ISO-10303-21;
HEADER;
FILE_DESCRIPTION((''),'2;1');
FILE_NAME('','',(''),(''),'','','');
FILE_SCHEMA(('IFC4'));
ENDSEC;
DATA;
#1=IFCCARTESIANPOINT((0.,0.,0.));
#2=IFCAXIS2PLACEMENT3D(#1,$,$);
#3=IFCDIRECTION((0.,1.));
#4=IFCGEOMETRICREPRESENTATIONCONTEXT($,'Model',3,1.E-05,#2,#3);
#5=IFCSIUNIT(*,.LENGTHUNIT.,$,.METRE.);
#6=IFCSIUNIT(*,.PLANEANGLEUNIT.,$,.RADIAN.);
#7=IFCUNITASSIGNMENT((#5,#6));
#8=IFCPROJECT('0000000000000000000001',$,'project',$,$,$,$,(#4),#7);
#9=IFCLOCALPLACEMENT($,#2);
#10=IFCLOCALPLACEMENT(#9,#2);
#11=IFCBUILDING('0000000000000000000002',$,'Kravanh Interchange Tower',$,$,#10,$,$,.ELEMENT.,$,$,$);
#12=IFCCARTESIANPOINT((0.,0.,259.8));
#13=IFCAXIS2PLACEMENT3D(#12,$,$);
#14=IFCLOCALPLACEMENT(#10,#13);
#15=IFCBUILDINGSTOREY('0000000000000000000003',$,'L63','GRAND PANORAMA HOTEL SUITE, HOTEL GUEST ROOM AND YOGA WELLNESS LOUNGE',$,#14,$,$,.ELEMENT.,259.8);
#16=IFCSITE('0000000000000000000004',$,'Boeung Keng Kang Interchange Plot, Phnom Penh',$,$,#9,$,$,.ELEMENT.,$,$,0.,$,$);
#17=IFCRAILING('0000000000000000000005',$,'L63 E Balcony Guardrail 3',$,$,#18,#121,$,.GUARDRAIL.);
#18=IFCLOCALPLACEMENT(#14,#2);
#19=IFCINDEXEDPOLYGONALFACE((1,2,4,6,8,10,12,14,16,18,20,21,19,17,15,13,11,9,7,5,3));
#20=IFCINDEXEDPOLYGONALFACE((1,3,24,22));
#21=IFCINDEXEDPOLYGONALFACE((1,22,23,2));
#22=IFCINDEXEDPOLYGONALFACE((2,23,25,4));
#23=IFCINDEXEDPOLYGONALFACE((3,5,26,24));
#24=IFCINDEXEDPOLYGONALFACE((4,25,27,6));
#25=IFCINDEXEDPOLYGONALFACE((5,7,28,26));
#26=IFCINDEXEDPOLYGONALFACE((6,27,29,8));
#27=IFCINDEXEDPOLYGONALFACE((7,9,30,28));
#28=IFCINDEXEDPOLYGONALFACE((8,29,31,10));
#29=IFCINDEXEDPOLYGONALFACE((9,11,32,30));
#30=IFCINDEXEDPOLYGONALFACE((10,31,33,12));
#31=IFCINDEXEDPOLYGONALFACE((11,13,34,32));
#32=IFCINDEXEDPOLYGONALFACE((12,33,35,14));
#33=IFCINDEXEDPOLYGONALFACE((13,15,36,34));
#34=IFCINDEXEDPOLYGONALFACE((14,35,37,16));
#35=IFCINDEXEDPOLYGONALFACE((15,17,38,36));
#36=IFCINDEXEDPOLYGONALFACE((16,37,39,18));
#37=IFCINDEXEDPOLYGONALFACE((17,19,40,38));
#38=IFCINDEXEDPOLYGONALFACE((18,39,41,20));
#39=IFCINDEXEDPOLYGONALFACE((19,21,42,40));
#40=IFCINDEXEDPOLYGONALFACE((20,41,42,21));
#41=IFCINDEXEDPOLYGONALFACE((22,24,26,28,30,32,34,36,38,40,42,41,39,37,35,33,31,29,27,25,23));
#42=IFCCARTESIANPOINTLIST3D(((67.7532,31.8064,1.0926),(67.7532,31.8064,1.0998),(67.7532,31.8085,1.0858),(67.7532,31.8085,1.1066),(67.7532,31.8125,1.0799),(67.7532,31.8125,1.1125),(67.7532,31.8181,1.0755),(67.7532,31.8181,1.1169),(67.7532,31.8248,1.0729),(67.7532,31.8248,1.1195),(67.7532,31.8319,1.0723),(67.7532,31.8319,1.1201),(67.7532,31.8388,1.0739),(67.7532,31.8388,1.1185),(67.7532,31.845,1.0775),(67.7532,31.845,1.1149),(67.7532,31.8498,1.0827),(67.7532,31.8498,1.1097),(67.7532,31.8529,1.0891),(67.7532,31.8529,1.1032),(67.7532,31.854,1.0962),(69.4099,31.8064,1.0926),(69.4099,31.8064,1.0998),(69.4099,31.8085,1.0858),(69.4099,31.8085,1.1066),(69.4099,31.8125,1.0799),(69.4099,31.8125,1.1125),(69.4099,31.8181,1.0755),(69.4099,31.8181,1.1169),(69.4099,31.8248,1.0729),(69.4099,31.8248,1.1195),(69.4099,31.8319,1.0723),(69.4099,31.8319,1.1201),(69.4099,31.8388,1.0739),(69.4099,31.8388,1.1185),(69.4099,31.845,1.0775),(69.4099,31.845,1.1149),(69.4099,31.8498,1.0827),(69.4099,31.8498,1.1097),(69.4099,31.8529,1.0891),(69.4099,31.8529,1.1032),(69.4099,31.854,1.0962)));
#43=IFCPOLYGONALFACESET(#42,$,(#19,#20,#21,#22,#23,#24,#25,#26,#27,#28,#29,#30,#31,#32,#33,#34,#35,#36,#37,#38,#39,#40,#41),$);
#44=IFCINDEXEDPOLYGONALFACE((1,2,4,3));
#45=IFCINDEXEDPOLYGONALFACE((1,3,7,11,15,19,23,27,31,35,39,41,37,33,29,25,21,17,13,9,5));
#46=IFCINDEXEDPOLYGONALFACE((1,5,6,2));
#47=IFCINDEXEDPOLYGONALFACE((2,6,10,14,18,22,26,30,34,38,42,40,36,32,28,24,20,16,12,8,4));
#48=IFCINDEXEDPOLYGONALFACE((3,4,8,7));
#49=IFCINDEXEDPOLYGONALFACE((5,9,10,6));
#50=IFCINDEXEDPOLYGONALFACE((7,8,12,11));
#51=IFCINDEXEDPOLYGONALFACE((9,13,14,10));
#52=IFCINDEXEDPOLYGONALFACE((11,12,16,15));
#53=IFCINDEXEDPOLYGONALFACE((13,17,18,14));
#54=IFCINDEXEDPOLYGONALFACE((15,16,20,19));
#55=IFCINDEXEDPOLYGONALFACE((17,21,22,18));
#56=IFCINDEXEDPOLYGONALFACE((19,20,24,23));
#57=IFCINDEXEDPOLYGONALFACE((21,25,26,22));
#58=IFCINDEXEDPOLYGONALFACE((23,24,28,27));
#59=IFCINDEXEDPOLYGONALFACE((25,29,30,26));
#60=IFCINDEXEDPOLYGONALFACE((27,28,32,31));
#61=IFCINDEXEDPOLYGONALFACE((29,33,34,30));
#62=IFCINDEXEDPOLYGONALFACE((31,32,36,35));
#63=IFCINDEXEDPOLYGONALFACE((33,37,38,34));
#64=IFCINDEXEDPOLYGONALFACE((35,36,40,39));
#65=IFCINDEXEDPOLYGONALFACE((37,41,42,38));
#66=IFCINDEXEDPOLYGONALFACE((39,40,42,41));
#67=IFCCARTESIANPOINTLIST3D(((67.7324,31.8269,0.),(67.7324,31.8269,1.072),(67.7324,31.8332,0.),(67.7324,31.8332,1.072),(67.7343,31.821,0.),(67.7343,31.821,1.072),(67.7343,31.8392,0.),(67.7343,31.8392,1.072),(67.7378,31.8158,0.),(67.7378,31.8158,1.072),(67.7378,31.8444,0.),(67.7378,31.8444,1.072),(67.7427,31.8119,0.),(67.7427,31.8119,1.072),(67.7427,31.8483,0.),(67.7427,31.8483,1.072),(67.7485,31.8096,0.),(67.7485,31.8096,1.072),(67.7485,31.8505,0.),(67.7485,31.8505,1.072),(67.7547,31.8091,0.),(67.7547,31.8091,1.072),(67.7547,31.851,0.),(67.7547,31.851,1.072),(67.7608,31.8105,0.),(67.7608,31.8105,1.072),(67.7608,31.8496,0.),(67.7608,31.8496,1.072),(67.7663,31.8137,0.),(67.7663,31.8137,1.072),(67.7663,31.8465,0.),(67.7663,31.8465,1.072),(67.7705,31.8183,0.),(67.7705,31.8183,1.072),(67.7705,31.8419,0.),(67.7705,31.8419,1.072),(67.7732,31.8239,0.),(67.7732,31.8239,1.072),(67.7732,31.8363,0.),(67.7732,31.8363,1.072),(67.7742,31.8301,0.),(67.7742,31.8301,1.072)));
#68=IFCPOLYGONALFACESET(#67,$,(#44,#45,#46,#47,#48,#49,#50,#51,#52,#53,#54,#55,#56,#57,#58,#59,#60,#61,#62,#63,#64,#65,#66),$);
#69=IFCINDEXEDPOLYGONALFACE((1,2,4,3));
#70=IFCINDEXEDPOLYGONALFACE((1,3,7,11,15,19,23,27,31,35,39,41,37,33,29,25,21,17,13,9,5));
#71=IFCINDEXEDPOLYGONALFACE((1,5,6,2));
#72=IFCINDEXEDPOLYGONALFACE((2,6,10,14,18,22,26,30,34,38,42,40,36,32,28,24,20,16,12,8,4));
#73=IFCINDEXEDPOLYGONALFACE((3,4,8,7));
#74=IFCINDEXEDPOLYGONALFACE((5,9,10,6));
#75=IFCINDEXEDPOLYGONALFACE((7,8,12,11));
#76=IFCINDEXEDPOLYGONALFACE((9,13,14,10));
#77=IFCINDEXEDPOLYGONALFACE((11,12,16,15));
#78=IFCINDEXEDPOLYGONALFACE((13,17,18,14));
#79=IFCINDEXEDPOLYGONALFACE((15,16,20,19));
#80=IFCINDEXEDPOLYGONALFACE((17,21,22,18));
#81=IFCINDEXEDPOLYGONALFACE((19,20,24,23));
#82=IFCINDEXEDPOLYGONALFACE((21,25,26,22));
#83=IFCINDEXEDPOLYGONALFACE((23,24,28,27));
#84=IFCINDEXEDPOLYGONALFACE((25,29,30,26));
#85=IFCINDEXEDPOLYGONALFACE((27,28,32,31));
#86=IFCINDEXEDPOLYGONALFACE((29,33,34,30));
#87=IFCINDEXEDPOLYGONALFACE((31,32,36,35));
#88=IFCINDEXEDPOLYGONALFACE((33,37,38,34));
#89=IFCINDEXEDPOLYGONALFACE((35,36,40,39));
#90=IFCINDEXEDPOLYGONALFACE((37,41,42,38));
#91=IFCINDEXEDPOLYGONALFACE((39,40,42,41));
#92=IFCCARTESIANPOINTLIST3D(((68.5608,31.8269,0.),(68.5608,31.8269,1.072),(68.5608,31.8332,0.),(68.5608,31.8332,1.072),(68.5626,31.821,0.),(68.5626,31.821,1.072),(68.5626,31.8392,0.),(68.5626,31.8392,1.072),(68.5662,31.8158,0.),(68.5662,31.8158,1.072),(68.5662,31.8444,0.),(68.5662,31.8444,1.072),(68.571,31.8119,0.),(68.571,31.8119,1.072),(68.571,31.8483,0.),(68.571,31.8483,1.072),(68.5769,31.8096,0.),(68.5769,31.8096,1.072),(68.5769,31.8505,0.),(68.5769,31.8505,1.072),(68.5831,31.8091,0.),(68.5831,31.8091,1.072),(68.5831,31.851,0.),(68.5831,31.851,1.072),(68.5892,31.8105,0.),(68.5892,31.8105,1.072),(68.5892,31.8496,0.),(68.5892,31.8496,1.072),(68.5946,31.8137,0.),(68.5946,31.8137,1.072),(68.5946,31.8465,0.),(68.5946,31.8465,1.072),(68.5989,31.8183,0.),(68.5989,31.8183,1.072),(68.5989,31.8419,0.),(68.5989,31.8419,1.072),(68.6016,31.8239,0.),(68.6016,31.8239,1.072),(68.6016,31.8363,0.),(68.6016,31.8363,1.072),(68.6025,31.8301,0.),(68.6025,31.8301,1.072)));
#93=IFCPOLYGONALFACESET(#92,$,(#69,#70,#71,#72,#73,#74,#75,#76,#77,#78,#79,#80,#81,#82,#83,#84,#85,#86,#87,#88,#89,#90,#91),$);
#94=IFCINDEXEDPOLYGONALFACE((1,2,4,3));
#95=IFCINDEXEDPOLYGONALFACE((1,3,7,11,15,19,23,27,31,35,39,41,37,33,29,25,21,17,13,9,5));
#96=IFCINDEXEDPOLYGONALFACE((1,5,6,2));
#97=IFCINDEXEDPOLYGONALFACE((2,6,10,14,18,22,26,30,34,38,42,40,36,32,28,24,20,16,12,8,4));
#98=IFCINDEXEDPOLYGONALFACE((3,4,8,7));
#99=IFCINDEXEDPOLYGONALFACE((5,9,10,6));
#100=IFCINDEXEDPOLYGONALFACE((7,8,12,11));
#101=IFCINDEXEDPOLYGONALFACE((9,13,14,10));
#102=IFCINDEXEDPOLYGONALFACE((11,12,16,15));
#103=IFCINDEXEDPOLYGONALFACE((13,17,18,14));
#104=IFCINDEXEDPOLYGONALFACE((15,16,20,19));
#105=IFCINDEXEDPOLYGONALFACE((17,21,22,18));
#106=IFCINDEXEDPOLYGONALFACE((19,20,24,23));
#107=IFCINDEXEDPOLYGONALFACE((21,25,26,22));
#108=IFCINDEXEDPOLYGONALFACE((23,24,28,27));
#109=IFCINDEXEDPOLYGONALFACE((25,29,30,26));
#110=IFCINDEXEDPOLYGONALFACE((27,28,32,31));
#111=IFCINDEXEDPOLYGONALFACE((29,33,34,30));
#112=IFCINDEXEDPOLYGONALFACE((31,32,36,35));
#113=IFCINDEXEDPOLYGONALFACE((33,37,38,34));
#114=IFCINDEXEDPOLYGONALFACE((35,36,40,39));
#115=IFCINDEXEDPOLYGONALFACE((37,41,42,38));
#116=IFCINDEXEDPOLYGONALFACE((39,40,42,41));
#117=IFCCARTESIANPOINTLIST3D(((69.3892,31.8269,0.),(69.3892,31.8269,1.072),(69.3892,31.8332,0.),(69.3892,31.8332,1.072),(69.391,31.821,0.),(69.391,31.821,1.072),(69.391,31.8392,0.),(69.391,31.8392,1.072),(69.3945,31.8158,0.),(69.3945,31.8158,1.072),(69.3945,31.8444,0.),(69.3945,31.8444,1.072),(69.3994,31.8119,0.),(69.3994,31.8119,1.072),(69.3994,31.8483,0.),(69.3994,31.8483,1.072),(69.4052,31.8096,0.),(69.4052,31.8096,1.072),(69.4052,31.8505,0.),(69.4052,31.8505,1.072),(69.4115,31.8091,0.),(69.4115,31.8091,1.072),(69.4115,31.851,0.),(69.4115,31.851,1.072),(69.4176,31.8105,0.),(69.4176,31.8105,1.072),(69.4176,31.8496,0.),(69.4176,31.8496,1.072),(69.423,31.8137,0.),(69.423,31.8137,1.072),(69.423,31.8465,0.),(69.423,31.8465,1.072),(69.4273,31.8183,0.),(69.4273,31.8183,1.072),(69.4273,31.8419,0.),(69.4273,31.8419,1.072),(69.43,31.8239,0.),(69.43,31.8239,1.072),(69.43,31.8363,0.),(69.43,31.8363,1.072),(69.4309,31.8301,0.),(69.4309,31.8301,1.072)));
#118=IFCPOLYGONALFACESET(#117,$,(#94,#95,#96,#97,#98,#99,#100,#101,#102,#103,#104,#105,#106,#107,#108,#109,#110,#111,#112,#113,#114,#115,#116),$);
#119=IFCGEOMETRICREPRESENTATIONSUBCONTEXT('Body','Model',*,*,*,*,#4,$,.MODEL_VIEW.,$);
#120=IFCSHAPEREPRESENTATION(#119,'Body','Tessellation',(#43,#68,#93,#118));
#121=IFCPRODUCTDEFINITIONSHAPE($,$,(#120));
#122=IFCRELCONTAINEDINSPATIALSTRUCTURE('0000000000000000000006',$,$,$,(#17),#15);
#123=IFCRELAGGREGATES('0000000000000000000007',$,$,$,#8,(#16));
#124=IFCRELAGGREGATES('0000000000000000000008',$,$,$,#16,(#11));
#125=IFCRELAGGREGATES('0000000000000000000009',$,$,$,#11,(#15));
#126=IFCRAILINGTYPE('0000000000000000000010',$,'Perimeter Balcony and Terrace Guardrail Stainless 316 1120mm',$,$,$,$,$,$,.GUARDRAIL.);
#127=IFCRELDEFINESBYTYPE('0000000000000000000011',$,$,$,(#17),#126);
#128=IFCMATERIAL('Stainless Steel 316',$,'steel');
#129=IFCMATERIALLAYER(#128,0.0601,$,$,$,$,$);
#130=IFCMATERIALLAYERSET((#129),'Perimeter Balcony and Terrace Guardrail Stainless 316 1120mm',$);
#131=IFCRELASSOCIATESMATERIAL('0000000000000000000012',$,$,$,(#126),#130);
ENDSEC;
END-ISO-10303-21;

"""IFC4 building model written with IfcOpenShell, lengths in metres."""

from ifc_helpers import new_model, si_unit, direction, frame, origin, origin_2d, place, context, subcontext, project, spatial, circle, extrude, material, layer, layer_set, type_object, element, save


model = new_model("IFC4")

# Units and contexts
model_context = context("Model", 3, precision=1e-05, world=origin(), true_north=direction((0.0, 1.0)))
body_context = subcontext(model_context, "Body", "Model", "MODEL_VIEW")
ifc_project = project(units=[si_unit("LENGTHUNIT", "METRE"), si_unit("PLANEANGLEUNIT", "RADIAN")], contexts=[model_context])

# Site, building, storey
site_placement = place(None, origin())
site = spatial("IfcSite", under=ifc_project, at=site_placement, Name="Boeung Keng Kang Interchange Plot, Phnom Penh", CompositionType="ELEMENT", RefElevation=0.0)
building_placement = place(site_placement, origin())
building = spatial("IfcBuilding", under=site, at=building_placement, Name="Kravanh Interchange Tower", CompositionType="ELEMENT")
storey_placement = place(building_placement, frame((0.0, 0.0, 259.8)))
storey = spatial("IfcBuildingStorey", under=building, at=storey_placement, Name="L63", Description="GRAND PANORAMA HOTEL SUITE, HOTEL GUEST ROOM AND YOGA WELLNESS LOUNGE", CompositionType="ELEMENT", Elevation=259.8)

# Railing
ifc_material_1 = material(Name="Stainless Steel 316", Category="steel")
ifc_layer_1 = layer(ifc_material_1, 0.0601)
ifc_layer_set_1 = layer_set([ifc_layer_1], Name="Perimeter Balcony and Terrace Guardrail Stainless 316 1120mm")
railing_type = type_object("IfcRailingType", Name="Perimeter Balcony and Terrace Guardrail Stainless 316 1120mm", PredefinedType="GUARDRAIL", material=ifc_layer_set_1)
railing_1_placement = place(storey_placement, frame((67.7532, 31.8301, 0.0)))
element("IfcRailing", 1, at=railing_1_placement, inside=storey, type_object=railing_type, Name="L63 E Balcony Guardrail 3", PredefinedType="GUARDRAIL", context=body_context, shape_type="SweptSolid", body=[
    extrude(circle(Radius=0.0239, at=origin_2d()), frame((0.0, 0.0, 1.0962), z_axis=(1.0, 0.0, 0.0), x_axis=(0.0, 1.0, 0.0)), (0.0, 0.0, 1.0), 1.6567),
    extrude(circle(Radius=0.021, at=origin_2d()), origin(), (0.0, 0.0, 1.0), 1.072),
    extrude(circle(Radius=0.021, at=origin_2d()), frame((0.8284, 0.0, 0.0)), (0.0, 0.0, 1.0), 1.072),
    extrude(circle(Radius=0.021, at=origin_2d()), frame((1.6567, 0.0, 0.0)), (0.0, 0.0, 1.0), 1.072),
])

save(model, "model.ifc")
